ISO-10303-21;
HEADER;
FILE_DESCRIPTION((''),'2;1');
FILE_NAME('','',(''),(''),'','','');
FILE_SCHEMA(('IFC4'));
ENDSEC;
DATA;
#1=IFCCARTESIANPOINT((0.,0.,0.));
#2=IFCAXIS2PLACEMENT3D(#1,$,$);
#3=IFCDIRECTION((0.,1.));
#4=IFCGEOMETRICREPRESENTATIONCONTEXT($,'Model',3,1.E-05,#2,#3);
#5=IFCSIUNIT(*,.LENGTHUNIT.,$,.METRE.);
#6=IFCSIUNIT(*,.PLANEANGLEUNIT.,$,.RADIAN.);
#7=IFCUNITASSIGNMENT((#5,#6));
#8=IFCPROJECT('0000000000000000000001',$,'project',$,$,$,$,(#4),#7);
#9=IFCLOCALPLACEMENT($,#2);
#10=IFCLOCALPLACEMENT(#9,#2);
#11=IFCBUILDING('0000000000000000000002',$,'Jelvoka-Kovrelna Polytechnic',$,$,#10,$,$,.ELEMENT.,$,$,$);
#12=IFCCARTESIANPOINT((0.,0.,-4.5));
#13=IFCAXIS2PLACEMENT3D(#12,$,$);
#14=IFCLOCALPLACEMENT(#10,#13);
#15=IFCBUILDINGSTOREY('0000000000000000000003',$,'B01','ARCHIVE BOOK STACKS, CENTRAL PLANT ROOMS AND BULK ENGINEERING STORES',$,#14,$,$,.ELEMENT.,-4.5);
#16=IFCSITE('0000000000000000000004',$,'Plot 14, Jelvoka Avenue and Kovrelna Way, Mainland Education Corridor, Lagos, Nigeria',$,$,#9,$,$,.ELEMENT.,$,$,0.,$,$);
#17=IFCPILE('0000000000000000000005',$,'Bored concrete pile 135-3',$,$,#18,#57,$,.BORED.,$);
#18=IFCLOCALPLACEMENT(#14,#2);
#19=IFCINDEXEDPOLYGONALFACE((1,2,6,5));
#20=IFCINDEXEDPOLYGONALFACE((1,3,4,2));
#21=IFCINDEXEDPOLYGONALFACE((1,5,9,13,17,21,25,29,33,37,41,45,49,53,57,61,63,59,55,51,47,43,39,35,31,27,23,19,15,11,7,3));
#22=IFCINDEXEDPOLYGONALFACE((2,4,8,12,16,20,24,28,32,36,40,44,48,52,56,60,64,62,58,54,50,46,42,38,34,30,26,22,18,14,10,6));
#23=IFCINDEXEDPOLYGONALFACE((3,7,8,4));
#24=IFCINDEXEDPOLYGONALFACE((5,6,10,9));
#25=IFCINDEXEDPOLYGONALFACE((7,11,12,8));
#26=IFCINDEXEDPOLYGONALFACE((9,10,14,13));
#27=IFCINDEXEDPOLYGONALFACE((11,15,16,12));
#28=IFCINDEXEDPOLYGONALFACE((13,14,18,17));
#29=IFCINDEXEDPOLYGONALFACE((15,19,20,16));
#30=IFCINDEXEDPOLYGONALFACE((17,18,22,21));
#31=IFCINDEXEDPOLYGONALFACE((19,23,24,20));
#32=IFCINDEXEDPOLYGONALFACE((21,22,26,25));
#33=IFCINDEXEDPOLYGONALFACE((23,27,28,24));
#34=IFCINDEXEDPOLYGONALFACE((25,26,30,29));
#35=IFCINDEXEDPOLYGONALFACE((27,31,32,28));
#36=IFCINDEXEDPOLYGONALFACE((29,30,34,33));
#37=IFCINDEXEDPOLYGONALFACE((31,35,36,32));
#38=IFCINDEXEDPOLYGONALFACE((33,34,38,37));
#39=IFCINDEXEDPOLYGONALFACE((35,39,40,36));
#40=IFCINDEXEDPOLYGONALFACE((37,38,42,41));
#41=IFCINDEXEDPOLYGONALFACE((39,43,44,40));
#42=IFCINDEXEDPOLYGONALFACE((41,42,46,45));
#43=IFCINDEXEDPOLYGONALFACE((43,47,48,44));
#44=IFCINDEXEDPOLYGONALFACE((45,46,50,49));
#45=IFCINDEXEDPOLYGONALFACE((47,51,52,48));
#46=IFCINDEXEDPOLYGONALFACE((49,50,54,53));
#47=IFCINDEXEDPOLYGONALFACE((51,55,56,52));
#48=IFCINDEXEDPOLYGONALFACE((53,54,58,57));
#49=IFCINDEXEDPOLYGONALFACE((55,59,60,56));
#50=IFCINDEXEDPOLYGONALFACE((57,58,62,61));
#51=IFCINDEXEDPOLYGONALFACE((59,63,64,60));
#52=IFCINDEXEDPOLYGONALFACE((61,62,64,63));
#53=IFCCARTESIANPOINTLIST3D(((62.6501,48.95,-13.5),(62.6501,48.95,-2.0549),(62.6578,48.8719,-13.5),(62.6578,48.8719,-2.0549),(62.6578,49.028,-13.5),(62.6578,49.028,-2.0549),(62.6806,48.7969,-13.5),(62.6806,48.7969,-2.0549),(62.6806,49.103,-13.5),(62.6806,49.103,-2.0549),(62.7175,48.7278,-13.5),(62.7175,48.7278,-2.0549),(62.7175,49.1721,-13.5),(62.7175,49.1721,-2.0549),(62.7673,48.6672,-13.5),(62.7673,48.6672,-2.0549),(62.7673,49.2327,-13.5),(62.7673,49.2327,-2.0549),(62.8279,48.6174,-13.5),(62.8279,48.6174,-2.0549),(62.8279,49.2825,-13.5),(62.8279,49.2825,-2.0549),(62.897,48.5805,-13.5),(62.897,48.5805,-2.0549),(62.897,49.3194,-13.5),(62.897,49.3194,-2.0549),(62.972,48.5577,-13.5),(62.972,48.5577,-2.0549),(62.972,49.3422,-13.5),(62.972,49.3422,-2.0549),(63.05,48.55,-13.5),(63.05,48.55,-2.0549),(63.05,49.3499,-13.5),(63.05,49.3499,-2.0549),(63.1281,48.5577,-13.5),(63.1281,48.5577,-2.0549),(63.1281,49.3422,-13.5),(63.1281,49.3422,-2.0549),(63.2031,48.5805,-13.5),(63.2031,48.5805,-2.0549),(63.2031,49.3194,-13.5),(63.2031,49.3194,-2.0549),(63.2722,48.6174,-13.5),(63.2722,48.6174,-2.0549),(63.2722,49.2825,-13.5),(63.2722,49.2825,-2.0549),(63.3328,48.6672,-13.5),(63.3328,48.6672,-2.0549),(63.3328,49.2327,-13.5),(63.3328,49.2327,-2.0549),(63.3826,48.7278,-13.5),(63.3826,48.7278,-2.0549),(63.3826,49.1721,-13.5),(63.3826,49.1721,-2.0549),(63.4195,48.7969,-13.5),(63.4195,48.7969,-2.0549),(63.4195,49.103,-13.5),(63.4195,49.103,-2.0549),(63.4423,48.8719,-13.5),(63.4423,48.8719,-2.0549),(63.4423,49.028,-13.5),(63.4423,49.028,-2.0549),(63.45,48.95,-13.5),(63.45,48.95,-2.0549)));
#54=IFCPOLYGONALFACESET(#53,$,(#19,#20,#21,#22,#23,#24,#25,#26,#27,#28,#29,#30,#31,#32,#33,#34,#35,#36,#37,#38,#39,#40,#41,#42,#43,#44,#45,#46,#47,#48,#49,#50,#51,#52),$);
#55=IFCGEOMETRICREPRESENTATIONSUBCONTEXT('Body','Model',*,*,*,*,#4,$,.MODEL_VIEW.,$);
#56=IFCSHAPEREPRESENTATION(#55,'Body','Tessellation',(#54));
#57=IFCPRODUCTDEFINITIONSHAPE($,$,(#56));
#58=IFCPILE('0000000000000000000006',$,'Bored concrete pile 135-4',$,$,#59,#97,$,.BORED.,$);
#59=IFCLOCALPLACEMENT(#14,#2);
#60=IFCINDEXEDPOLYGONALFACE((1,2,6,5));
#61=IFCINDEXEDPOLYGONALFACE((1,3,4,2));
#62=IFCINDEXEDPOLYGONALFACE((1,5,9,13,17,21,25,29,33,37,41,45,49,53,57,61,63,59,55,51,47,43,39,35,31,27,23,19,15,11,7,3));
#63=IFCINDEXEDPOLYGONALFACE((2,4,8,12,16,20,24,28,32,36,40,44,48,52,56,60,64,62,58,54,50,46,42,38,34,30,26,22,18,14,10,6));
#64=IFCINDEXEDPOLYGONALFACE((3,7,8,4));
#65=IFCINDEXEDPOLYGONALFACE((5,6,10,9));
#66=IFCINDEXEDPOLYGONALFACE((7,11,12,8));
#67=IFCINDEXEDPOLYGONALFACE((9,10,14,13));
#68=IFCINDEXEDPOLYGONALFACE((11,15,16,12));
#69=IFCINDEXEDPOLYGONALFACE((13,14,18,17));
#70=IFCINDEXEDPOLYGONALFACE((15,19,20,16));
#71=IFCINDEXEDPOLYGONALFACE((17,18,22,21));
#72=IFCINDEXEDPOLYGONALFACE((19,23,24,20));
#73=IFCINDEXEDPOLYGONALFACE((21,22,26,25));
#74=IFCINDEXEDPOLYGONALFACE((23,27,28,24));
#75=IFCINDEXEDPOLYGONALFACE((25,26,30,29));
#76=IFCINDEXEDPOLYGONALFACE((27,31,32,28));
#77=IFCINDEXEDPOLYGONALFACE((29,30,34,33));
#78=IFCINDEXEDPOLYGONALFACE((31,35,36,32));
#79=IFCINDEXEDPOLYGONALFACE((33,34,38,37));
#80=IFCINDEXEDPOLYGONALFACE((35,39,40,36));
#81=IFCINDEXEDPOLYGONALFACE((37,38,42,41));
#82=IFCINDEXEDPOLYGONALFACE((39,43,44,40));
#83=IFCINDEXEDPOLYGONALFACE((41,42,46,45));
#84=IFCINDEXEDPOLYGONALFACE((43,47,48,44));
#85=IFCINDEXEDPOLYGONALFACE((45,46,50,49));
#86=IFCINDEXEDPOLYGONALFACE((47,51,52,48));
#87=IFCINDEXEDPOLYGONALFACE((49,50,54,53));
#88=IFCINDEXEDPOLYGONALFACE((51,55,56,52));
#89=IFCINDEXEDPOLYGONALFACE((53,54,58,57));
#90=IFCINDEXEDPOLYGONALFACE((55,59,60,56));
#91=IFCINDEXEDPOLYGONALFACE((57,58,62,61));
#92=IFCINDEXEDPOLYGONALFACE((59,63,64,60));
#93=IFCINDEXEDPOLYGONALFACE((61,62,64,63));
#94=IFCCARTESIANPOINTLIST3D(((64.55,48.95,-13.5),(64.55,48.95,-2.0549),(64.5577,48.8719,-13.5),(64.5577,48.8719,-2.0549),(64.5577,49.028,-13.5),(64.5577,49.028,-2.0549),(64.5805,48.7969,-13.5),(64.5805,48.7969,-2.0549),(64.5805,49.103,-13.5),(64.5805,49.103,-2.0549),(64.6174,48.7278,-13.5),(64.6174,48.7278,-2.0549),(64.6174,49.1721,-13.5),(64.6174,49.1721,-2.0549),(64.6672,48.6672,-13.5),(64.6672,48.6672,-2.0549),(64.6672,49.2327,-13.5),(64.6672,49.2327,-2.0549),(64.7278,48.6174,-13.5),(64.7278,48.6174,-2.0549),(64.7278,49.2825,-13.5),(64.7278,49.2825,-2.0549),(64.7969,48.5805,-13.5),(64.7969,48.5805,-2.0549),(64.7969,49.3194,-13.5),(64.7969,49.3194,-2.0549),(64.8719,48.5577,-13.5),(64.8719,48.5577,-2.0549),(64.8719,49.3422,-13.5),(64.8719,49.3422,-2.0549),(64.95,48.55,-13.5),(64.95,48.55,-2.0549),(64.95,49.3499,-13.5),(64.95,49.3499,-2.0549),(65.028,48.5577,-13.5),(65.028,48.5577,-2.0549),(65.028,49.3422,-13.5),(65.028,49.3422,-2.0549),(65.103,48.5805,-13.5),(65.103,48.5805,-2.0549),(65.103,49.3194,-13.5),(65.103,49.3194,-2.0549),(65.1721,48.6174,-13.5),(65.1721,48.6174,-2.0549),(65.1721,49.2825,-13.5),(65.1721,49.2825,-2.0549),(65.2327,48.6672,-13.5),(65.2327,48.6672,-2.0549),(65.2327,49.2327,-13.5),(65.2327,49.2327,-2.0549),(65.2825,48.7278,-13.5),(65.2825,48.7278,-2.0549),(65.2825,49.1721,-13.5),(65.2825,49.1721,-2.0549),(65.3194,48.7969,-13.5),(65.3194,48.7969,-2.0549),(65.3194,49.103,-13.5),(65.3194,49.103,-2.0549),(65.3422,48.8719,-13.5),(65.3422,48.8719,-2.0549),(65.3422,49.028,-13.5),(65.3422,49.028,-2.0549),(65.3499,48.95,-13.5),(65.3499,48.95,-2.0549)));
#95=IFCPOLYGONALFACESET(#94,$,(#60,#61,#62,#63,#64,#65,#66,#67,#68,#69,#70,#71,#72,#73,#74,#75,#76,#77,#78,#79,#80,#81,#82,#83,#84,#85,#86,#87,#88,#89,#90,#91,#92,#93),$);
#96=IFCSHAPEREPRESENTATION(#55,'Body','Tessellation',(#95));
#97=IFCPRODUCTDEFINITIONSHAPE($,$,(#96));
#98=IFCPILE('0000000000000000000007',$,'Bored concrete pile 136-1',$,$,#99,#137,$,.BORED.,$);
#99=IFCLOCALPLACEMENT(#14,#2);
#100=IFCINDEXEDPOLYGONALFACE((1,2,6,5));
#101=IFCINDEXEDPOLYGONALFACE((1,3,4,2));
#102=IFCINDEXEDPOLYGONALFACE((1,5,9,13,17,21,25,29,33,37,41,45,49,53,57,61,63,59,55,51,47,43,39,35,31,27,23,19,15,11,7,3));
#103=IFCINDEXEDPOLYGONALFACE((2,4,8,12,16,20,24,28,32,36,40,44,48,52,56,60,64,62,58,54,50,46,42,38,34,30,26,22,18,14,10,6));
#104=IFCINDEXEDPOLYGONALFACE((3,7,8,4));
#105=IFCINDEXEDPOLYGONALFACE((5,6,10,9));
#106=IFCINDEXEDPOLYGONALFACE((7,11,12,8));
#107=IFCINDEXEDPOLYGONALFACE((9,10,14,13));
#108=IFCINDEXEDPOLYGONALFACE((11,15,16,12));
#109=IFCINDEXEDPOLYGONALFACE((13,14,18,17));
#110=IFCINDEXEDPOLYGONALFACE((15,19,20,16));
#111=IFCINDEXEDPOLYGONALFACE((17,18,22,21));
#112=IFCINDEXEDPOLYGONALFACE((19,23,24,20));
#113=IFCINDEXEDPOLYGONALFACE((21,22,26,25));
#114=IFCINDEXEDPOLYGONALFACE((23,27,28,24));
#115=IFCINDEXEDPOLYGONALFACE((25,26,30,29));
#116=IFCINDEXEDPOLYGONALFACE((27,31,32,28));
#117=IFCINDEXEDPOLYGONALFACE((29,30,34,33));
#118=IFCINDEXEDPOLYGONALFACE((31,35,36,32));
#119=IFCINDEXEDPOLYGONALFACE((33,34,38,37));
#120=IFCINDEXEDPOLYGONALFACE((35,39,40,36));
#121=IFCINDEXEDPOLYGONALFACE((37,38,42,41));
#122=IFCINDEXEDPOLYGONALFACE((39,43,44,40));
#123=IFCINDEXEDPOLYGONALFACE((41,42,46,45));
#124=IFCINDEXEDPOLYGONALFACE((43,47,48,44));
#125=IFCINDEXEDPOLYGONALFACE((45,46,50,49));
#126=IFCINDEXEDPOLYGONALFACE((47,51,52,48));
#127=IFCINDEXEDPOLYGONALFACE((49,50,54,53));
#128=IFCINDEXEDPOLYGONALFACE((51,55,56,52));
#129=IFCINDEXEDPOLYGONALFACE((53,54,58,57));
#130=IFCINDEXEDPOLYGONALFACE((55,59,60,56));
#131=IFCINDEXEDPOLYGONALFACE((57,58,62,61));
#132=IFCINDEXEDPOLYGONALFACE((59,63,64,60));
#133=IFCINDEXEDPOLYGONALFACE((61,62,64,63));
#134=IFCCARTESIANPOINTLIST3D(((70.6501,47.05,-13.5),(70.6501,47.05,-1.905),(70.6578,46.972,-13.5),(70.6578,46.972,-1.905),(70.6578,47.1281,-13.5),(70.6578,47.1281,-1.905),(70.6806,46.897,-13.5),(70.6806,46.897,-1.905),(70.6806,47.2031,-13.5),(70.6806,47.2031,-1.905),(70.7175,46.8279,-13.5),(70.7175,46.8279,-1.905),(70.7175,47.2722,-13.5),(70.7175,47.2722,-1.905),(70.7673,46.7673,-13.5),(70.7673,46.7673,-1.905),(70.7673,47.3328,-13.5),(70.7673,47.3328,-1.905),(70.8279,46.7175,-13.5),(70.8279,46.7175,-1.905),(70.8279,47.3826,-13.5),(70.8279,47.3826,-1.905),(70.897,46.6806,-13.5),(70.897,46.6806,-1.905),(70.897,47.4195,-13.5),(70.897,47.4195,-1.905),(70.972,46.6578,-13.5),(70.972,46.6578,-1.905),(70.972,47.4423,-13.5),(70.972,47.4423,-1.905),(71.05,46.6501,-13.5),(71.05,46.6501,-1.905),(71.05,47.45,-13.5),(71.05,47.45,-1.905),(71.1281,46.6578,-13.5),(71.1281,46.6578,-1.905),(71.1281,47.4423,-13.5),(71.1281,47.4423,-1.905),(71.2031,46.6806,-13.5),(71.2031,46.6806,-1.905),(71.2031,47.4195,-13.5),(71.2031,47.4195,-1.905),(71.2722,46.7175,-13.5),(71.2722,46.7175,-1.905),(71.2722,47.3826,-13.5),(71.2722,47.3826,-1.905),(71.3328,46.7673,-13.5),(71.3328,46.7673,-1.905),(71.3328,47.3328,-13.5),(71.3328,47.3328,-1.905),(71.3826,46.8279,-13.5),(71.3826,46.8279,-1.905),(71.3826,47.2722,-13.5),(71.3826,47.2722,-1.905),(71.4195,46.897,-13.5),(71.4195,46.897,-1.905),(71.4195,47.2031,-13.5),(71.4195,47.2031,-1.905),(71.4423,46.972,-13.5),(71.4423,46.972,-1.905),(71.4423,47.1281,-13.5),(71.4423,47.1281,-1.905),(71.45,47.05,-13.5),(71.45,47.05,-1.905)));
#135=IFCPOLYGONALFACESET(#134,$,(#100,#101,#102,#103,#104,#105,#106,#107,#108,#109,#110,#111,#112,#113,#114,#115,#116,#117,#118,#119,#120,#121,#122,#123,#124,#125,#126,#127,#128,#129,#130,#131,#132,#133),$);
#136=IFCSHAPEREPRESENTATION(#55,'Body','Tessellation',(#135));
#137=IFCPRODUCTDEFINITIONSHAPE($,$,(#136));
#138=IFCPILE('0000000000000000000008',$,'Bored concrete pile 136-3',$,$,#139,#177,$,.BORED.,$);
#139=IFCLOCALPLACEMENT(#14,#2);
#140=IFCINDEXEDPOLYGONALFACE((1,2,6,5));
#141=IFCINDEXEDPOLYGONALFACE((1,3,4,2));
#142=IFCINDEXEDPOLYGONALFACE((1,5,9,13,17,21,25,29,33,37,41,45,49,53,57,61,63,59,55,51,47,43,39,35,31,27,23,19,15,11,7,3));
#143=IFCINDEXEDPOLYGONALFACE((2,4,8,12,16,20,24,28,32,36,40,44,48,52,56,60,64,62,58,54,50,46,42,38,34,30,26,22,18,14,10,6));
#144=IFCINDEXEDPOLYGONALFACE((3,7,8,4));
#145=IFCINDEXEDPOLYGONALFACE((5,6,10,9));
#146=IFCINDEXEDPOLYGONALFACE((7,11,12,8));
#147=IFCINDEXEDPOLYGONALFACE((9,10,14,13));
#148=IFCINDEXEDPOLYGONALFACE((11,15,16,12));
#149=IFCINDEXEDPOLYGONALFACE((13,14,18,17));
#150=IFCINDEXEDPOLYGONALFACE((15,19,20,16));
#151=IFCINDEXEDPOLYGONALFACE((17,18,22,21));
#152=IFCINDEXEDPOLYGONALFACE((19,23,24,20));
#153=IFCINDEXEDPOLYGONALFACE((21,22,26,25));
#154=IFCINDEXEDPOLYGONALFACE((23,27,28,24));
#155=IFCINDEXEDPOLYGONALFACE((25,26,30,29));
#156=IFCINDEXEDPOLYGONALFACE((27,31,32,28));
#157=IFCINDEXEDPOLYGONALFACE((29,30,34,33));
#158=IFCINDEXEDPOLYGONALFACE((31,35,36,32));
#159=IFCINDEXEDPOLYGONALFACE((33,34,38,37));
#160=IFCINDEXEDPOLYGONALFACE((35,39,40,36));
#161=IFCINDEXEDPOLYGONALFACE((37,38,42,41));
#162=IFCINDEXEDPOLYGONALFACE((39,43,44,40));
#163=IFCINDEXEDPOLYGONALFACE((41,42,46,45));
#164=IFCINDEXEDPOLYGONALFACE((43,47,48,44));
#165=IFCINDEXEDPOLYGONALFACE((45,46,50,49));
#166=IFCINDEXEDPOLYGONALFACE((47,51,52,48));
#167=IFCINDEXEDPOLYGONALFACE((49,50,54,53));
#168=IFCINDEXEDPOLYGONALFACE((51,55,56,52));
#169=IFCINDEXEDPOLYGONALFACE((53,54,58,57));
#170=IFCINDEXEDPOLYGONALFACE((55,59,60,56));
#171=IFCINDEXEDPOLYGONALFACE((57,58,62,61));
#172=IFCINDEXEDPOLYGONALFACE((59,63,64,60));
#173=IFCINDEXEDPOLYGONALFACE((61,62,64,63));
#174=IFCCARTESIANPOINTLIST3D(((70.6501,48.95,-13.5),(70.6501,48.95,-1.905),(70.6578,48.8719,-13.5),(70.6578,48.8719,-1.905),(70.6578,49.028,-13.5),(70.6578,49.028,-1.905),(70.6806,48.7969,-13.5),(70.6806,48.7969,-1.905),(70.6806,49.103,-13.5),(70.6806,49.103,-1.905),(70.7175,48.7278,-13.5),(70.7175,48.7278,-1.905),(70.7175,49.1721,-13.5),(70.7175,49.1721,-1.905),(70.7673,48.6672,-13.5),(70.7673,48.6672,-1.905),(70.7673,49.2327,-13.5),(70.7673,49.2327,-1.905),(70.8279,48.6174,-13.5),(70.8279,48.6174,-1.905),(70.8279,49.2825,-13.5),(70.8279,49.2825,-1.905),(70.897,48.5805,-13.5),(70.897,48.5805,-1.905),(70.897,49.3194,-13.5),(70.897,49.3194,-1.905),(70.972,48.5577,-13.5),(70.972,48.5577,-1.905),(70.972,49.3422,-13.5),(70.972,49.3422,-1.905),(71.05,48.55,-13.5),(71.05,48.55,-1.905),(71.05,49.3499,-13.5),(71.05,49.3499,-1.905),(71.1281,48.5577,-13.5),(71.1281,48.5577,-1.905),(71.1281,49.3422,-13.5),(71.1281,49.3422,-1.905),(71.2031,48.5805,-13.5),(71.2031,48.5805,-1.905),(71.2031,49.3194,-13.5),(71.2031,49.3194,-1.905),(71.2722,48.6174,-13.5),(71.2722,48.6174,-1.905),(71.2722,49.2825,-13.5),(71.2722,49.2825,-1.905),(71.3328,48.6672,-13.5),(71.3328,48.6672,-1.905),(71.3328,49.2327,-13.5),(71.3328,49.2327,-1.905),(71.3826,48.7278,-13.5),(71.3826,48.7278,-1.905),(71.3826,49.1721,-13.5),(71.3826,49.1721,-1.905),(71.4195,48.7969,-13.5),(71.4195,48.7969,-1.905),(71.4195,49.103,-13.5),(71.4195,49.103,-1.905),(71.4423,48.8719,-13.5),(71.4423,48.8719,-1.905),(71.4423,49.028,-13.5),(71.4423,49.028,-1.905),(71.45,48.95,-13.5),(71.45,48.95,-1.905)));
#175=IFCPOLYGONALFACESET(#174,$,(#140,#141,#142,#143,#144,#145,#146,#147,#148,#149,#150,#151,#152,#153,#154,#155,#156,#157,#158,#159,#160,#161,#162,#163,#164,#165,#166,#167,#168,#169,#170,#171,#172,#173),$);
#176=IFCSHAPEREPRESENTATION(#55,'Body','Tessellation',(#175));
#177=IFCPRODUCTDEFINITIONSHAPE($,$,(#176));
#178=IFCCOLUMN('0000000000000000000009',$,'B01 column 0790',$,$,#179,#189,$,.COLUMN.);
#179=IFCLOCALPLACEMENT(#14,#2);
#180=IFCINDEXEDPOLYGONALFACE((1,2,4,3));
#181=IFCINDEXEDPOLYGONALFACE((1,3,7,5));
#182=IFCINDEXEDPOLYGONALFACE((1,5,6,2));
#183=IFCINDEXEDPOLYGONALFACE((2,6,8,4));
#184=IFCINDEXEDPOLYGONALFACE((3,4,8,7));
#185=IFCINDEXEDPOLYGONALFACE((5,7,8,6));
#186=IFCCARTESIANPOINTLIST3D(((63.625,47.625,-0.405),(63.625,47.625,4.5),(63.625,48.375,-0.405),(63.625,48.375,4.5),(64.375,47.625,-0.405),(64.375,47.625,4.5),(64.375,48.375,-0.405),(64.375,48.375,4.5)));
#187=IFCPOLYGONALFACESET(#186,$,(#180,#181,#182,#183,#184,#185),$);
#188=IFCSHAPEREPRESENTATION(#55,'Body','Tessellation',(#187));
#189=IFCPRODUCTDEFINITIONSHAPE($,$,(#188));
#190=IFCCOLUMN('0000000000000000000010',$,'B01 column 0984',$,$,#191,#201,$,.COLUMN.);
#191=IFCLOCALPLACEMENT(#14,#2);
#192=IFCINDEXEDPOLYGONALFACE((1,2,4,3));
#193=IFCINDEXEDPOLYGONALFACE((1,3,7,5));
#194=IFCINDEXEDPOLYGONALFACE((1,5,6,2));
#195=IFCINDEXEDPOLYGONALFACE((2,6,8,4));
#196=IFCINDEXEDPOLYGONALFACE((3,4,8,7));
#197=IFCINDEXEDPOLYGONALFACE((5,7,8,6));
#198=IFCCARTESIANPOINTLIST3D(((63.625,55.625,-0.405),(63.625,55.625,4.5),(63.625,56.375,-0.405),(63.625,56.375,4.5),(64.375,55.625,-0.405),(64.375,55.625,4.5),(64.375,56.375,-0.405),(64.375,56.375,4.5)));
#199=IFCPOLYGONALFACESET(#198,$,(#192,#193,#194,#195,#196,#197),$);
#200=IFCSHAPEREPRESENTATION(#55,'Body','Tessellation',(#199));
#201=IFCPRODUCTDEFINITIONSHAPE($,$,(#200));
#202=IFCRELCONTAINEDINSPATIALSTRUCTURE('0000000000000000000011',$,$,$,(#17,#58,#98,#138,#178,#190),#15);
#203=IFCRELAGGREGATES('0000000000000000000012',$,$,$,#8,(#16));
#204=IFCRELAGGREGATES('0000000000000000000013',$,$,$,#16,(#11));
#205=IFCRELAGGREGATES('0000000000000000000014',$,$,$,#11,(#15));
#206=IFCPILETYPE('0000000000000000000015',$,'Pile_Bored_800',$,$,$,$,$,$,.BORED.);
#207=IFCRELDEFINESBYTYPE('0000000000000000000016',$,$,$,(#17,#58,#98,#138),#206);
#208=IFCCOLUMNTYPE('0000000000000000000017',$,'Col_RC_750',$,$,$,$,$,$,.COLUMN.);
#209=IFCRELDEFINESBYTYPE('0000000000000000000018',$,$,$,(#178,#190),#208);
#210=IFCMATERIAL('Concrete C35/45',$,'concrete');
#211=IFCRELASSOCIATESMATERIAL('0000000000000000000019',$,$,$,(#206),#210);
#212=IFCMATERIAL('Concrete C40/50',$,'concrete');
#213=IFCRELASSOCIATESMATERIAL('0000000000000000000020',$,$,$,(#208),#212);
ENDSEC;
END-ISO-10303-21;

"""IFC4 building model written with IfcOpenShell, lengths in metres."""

from ifc_helpers import new_model, si_unit, direction, frame, origin, origin_2d, place, context, subcontext, project, spatial, rectangle, circle, extrude, material, material_profile, profile_set, type_object, element, save


model = new_model("IFC4")

# Units and contexts
model_context = context("Model", 3, precision=1e-05, world=origin(), true_north=direction((0.0, 1.0)))
body_context = subcontext(model_context, "Body", "Model", "MODEL_VIEW")
ifc_project = project(units=[si_unit("LENGTHUNIT", "METRE"), si_unit("PLANEANGLEUNIT", "RADIAN")], contexts=[model_context])

# Site, building, storey
site_placement = place(None, origin())
site = spatial("IfcSite", under=ifc_project, at=site_placement, Name="Plot 14, Jelvoka Avenue and Kovrelna Way, Mainland Education Corridor, Lagos, Nigeria", CompositionType="ELEMENT", RefElevation=0.0)
building_placement = place(site_placement, origin())
building = spatial("IfcBuilding", under=site, at=building_placement, Name="Jelvoka-Kovrelna Polytechnic", CompositionType="ELEMENT")
storey_placement = place(building_placement, frame((0.0, 0.0, -4.5)))
storey = spatial("IfcBuildingStorey", under=building, at=storey_placement, Name="B01", Description="ARCHIVE BOOK STACKS, CENTRAL PLANT ROOMS AND BULK ENGINEERING STORES", CompositionType="ELEMENT", Elevation=-4.5)

# Piles
ifc_material_1 = material(Name="Concrete C35/45", Category="concrete")
ifc_material_profile_1 = material_profile(ifc_material_1, circle(Radius=0.3999, at=origin_2d()), Name="PILE D800")
ifc_profile_set_1 = profile_set([ifc_material_profile_1], Name="Concrete C35/45")
pile_type_1 = type_object("IfcPileType", Name="Pile_Bored_800", PredefinedType="BORED", material=ifc_profile_set_1)
for number, where, z_axis, x_axis, name in (
    (1, (63.05, 48.95, -2.0549), (0.0, 0.0, -1.0), (1.0, 0.0, 0.0), "Bored concrete pile 135-3"),
    (2, (64.95, 48.95, -2.0549), (0.0, 0.0, -1.0), (1.0, 0.0, 0.0), "Bored concrete pile 135-4"),
):
    element("IfcPile", number, at=place(storey_placement, frame(where, z_axis=z_axis, x_axis=x_axis)), inside=storey, type_object=pile_type_1, Name=name, PredefinedType="BORED", context=body_context, shape_type="SweptSolid", body=[
        extrude(circle(Radius=0.3999, at=origin_2d()), origin(), (0.0, 0.0, 1.0), 11.4451),
    ])
for number, where, z_axis, x_axis, name in (
    (3, (71.05, 47.05, -1.905), (0.0, 0.0, -1.0), (1.0, 0.0, 0.0), "Bored concrete pile 136-1"),
    (4, (71.05, 48.95, -1.905), (0.0, 0.0, -1.0), (1.0, 0.0, 0.0), "Bored concrete pile 136-3"),
):
    element("IfcPile", number, at=place(storey_placement, frame(where, z_axis=z_axis, x_axis=x_axis)), inside=storey, type_object=pile_type_1, Name=name, PredefinedType="BORED", context=body_context, shape_type="SweptSolid", body=[
        extrude(circle(Radius=0.3999, at=origin_2d()), origin(), (0.0, 0.0, 1.0), 11.595),
    ])

# Columns
ifc_material_2 = material(Name="Concrete C40/50", Category="concrete")
ifc_material_profile_2 = material_profile(ifc_material_2, rectangle(XDim=0.75, YDim=0.75, at=origin_2d()), Name="RC 750x750")
ifc_profile_set_2 = profile_set([ifc_material_profile_2], Name="Concrete C40/50")
column_type = type_object("IfcColumnType", Name="Col_RC_750", PredefinedType="COLUMN", material=ifc_profile_set_2)
for number, where, z_axis, x_axis, name in (
    (5, (64.0, 48.0, -0.405), (0.0, 0.0, 1.0), (1.0, 0.0, 0.0), "B01 column 0790"),
    (6, (64.0, 56.0, -0.405), (0.0, 0.0, 1.0), (1.0, 0.0, 0.0), "B01 column 0984"),
):
    element("IfcColumn", number, at=place(storey_placement, frame(where, z_axis=z_axis, x_axis=x_axis)), inside=storey, type_object=column_type, Name=name, PredefinedType="COLUMN", context=body_context, shape_type="SweptSolid", body=[
        extrude(rectangle(XDim=0.75, YDim=0.75, at=origin_2d()), origin(), (0.0, 0.0, 1.0), 4.905),
    ])

save(model, "model.ifc")
